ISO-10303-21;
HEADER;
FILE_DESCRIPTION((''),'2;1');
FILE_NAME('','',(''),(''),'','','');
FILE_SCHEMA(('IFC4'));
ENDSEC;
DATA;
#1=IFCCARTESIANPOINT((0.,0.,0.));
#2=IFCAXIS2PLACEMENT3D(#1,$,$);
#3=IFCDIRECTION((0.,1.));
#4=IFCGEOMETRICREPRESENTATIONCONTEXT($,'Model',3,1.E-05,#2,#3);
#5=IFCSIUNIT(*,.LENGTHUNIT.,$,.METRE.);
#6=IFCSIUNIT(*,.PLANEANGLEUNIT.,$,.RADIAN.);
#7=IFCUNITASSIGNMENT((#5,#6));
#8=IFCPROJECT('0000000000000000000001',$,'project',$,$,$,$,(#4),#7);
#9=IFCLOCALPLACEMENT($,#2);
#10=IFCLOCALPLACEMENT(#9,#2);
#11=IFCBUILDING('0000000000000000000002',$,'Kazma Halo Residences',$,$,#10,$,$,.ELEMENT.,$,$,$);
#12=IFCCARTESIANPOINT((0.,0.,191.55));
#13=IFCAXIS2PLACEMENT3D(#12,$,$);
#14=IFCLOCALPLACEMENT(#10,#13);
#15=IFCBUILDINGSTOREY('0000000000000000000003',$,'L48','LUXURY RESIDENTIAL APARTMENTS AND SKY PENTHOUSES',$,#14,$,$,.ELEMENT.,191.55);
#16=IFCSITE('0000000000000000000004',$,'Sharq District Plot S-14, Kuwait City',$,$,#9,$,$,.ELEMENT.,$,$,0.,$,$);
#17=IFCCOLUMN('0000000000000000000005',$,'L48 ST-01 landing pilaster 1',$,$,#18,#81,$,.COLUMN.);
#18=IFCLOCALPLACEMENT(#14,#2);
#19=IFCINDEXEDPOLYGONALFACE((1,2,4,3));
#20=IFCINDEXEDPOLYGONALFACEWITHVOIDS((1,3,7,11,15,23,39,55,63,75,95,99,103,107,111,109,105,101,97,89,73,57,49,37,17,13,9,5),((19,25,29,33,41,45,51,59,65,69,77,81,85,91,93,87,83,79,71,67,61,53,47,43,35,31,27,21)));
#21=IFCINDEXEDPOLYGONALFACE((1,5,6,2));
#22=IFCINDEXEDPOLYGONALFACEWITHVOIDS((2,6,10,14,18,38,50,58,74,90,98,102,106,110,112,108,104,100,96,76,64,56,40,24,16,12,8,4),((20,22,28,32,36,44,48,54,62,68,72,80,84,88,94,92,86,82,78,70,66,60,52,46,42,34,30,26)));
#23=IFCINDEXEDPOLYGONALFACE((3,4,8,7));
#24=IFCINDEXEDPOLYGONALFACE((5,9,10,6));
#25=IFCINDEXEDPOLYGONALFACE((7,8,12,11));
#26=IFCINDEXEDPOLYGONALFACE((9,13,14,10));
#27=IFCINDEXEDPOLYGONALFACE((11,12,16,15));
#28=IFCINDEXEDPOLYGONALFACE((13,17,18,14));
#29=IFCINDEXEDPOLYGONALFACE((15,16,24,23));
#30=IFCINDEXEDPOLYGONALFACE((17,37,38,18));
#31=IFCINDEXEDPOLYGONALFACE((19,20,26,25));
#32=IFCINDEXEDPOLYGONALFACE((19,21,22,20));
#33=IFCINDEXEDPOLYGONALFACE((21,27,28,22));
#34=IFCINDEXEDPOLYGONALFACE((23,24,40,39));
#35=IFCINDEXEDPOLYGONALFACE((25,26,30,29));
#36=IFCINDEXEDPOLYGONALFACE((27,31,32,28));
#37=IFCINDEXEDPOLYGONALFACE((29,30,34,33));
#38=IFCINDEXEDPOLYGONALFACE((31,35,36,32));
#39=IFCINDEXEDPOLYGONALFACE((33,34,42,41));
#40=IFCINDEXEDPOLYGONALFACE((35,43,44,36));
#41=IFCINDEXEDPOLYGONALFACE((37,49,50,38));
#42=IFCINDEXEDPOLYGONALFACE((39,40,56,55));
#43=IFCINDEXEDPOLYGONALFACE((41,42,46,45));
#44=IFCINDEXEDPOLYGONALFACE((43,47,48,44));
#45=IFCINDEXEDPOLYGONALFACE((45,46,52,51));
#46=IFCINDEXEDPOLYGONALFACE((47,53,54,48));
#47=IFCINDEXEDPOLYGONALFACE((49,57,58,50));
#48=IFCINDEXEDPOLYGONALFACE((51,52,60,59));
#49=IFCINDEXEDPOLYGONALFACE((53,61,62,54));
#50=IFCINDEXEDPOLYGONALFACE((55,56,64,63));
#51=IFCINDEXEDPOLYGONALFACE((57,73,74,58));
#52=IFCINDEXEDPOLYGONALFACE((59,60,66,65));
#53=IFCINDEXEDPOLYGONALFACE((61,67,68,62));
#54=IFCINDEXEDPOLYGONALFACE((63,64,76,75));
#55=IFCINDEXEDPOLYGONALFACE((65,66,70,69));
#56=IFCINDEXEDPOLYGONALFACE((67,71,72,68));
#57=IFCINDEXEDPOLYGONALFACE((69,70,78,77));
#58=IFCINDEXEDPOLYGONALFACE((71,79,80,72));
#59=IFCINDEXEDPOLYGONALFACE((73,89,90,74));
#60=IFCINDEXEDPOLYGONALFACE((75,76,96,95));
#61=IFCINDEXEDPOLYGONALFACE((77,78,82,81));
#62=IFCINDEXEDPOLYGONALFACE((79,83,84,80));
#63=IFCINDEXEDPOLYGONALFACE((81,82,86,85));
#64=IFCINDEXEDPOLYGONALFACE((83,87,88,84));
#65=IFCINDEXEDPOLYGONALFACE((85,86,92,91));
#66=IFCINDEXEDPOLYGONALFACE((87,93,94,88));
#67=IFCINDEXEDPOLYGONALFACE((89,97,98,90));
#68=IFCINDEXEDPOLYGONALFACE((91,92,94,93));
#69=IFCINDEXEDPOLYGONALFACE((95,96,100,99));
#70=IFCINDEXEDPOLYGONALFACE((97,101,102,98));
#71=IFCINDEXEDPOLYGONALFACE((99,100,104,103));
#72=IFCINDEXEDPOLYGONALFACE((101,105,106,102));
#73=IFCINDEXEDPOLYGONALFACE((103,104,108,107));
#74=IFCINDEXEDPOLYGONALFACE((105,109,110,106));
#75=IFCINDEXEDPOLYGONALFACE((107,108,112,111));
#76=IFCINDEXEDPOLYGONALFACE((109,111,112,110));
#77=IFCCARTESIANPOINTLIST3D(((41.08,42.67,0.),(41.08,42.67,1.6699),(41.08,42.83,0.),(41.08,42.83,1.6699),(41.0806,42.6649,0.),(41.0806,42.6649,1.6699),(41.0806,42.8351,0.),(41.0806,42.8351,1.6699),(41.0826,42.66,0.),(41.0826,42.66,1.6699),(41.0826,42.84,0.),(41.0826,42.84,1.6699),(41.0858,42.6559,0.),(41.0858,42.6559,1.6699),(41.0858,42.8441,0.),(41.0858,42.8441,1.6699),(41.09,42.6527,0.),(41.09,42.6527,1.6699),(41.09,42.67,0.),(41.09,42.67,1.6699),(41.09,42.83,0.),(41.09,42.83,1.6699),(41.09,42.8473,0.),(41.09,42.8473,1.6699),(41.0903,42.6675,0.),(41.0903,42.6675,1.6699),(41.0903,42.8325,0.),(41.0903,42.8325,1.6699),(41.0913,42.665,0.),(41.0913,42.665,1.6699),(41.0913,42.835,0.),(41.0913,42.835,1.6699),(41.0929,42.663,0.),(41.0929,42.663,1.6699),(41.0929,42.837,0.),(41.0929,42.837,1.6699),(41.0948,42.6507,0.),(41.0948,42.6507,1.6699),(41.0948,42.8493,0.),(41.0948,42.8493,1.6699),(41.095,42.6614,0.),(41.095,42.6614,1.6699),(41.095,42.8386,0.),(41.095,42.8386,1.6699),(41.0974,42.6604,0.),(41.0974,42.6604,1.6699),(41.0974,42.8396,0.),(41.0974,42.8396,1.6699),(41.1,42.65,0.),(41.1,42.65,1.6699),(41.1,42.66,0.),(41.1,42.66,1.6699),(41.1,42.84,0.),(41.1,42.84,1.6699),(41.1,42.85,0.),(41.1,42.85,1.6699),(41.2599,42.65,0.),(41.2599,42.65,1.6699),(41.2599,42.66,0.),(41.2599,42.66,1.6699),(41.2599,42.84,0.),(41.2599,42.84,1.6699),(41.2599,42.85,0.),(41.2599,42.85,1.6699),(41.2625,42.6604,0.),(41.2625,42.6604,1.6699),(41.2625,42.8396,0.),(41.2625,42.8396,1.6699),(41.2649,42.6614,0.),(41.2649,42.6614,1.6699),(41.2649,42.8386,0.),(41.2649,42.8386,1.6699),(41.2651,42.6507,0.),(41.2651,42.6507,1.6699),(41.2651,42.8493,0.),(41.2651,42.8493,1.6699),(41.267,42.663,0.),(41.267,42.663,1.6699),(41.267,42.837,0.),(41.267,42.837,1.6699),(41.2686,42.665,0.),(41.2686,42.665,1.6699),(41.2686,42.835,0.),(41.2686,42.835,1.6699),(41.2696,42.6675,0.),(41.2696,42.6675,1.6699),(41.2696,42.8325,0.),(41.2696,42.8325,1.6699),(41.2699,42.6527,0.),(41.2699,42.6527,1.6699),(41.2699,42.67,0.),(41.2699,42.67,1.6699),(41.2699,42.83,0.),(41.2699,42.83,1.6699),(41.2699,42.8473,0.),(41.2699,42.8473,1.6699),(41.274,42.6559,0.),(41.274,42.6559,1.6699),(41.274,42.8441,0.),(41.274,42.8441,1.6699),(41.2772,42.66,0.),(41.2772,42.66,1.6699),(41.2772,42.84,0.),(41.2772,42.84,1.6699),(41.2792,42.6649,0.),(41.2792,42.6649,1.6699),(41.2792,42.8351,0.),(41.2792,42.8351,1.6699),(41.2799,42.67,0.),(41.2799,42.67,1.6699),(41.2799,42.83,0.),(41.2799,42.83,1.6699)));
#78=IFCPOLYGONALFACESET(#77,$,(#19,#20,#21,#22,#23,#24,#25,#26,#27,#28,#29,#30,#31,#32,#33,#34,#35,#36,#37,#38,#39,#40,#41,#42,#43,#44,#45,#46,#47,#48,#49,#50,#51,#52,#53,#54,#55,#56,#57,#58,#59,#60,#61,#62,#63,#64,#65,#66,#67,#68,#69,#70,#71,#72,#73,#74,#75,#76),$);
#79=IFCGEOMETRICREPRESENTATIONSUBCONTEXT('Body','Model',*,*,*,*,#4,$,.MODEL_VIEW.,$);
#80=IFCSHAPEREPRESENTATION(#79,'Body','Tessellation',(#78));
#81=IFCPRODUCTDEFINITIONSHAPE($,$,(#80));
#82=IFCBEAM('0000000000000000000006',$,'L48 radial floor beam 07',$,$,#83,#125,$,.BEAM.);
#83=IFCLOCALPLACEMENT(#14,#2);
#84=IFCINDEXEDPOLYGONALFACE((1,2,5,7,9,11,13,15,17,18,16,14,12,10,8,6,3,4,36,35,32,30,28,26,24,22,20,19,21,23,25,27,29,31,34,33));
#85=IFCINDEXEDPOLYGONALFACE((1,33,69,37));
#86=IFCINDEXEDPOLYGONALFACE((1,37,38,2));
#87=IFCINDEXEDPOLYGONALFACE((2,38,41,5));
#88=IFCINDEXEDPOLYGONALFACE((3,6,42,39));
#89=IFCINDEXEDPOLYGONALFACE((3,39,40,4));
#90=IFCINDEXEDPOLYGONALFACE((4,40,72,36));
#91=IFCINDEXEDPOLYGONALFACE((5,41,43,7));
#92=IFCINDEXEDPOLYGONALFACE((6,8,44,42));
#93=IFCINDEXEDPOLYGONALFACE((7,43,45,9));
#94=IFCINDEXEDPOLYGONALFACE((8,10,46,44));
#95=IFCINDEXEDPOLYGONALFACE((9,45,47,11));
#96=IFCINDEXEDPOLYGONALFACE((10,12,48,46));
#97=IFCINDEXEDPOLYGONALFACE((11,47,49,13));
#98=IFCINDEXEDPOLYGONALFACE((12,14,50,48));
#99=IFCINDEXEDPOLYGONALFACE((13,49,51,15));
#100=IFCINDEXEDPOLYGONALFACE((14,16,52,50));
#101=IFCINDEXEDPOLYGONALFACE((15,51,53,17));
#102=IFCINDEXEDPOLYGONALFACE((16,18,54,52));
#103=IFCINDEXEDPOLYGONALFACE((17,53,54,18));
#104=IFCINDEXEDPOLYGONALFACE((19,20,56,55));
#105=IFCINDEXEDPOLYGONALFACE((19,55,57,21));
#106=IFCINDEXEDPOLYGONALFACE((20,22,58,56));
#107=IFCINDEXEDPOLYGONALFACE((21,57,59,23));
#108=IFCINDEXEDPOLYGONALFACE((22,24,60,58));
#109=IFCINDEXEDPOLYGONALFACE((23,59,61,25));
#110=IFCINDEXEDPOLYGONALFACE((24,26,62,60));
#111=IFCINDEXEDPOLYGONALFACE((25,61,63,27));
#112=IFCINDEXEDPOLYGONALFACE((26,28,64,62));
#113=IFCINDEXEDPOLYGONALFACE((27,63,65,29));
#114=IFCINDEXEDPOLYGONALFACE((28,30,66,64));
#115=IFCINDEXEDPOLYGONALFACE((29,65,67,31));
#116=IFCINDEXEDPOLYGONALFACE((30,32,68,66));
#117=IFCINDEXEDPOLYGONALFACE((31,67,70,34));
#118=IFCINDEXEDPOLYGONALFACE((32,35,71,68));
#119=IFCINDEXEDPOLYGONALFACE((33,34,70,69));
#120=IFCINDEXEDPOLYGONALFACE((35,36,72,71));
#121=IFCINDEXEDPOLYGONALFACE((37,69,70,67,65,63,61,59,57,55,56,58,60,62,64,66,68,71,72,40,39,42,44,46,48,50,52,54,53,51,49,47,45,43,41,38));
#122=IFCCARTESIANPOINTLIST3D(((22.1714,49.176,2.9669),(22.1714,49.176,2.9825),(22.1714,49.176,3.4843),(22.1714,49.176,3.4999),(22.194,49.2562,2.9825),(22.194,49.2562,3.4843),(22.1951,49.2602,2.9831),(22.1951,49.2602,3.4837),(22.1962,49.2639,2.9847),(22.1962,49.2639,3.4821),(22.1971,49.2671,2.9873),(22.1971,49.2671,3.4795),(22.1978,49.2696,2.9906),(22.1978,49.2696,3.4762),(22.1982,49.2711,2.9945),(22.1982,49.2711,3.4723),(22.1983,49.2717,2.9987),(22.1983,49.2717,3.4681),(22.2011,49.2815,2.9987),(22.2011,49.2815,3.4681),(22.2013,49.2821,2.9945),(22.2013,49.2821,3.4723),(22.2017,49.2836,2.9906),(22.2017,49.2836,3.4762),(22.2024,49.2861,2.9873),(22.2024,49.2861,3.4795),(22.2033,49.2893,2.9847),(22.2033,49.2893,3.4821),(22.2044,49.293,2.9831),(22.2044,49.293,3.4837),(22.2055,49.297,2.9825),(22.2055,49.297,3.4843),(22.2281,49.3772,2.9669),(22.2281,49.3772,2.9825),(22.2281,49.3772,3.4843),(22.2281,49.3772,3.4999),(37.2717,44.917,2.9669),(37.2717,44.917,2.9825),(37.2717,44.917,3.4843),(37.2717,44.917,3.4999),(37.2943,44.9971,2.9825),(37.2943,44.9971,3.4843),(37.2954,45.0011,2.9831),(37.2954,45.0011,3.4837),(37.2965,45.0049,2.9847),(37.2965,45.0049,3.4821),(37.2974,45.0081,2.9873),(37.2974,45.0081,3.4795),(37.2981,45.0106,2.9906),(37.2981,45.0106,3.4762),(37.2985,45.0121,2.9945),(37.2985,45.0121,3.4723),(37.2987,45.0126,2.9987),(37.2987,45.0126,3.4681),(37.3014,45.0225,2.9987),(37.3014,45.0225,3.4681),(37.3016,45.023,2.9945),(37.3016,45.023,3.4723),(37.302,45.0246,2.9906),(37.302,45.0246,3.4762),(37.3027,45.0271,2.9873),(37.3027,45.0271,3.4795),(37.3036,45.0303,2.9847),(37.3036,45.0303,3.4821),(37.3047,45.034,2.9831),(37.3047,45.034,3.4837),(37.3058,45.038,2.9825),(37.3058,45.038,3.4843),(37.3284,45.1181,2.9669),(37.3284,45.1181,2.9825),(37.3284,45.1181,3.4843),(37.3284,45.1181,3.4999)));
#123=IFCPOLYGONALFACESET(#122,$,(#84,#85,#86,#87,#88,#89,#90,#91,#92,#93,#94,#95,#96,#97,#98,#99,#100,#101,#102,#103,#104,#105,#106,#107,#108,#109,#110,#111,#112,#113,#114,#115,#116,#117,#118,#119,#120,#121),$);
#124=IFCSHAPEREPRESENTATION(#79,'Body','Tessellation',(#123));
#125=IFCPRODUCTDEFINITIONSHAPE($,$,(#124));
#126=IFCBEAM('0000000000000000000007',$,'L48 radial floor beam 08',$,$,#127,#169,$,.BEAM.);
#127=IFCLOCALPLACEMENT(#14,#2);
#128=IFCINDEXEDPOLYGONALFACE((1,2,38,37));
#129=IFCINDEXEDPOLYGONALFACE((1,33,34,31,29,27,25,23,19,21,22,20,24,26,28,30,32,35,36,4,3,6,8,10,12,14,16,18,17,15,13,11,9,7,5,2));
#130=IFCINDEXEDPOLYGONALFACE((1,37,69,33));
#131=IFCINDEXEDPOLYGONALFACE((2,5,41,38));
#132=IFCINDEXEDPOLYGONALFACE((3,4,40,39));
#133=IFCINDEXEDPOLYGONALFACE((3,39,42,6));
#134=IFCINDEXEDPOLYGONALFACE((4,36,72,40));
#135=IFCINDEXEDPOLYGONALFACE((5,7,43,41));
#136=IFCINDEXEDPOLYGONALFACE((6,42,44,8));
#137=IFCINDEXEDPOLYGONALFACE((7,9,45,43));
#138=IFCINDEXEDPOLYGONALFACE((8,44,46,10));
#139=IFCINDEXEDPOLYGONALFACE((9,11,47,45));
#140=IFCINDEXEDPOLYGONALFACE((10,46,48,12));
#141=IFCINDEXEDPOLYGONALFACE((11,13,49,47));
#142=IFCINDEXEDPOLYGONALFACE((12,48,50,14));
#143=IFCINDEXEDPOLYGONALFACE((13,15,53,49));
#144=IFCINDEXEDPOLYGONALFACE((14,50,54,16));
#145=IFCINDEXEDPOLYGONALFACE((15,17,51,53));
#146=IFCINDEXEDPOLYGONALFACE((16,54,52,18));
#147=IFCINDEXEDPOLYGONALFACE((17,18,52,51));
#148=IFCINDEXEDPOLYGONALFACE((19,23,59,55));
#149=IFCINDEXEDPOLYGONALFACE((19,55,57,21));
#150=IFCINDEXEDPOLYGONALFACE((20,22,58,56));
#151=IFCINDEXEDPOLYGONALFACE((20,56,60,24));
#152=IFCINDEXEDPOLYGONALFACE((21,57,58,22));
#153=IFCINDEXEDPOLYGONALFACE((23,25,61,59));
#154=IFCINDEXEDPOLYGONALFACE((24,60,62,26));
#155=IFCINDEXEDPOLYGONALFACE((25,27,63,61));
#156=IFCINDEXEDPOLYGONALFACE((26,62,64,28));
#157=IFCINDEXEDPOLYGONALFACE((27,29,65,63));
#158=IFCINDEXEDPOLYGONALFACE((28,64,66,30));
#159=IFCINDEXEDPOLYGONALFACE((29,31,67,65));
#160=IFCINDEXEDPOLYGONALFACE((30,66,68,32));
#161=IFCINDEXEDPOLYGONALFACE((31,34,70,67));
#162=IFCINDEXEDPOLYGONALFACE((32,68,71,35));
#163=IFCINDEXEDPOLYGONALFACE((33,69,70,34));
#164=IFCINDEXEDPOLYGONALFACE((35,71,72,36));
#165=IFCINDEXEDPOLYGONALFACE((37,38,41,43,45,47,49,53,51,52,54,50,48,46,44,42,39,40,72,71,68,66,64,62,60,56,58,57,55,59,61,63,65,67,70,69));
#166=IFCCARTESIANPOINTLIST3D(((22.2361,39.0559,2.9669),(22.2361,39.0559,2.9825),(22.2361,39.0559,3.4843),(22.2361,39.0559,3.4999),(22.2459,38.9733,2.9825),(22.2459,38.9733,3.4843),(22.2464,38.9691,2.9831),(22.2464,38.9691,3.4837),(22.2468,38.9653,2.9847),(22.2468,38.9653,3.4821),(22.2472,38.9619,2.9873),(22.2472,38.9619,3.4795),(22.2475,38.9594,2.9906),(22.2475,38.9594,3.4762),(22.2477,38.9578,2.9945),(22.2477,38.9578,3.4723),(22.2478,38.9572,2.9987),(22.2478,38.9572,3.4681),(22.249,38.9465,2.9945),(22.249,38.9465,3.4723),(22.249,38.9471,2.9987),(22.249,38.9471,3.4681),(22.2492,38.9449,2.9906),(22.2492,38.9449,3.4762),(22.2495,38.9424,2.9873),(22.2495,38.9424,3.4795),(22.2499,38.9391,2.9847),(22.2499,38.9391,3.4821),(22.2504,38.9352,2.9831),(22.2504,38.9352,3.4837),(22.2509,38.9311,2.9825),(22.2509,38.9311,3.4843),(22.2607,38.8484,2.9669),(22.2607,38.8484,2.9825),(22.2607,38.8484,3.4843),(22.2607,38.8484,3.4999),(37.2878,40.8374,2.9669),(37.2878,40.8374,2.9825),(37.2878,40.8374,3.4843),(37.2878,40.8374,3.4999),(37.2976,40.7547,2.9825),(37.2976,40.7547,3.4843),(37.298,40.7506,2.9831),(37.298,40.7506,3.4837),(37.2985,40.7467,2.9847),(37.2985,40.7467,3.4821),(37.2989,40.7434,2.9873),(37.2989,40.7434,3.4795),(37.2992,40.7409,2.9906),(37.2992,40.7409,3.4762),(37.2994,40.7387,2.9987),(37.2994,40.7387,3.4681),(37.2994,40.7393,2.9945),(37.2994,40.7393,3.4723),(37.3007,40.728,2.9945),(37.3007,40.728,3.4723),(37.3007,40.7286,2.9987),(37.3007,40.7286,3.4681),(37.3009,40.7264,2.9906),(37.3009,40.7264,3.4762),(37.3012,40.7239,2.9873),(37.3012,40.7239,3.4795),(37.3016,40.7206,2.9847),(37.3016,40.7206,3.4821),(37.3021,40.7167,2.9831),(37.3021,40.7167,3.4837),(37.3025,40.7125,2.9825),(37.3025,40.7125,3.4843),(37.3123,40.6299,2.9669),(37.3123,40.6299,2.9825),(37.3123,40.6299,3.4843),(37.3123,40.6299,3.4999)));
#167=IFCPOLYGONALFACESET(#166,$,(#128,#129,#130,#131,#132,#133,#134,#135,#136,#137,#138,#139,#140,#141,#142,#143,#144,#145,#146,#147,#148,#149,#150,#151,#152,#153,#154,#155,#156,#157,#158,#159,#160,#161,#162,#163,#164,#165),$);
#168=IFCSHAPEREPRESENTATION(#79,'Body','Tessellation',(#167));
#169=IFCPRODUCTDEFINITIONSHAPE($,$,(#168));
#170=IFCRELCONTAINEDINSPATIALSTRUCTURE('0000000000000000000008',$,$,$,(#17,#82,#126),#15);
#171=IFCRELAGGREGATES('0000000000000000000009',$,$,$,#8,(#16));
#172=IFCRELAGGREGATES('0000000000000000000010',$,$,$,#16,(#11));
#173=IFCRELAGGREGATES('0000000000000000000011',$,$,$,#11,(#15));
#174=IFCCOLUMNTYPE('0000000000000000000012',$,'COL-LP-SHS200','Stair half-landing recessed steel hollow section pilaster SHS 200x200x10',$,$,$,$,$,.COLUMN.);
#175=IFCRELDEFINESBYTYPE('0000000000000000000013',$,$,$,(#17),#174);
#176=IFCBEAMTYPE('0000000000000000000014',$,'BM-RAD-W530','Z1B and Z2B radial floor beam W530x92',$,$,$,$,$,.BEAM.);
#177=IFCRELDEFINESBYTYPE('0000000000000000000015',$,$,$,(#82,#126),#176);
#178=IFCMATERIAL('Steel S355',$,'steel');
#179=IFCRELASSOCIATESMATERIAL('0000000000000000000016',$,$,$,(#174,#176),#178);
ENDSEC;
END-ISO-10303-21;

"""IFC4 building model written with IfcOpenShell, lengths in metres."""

from ifc_helpers import new_model, si_unit, direction, frame, origin, origin_2d, place, context, subcontext, project, spatial, hollow_rectangle, i_section, extrude, material, material_profile, profile_set, type_object, element, save


model = new_model("IFC4")

# Units and contexts
model_context = context("Model", 3, precision=1e-05, world=origin(), true_north=direction((0.0, 1.0)))
body_context = subcontext(model_context, "Body", "Model", "MODEL_VIEW")
ifc_project = project(units=[si_unit("LENGTHUNIT", "METRE"), si_unit("PLANEANGLEUNIT", "RADIAN")], contexts=[model_context])

# Site, building, storey
site_placement = place(None, origin())
site = spatial("IfcSite", under=ifc_project, at=site_placement, Name="Sharq District Plot S-14, Kuwait City", CompositionType="ELEMENT", RefElevation=0.0)
building_placement = place(site_placement, origin())
building = spatial("IfcBuilding", under=site, at=building_placement, Name="Kazma Halo Residences", CompositionType="ELEMENT")
storey_placement = place(building_placement, frame((0.0, 0.0, 191.55)))
storey = spatial("IfcBuildingStorey", under=building, at=storey_placement, Name="L48", Description="LUXURY RESIDENTIAL APARTMENTS AND SKY PENTHOUSES", CompositionType="ELEMENT", Elevation=191.55)

# Column
ifc_material_1 = material(Name="Steel S355", Category="steel")
ifc_material_profile_1 = material_profile(ifc_material_1, hollow_rectangle(XDim=0.2, YDim=0.2, WallThickness=0.01, InnerFilletRadius=0.01, OuterFilletRadius=0.02, at=origin_2d()), Name="SHS200x200x10")
ifc_profile_set_1 = profile_set([ifc_material_profile_1], Name="Steel S355")
column_type = type_object("IfcColumnType", Name="COL-LP-SHS200", Description="Stair half-landing recessed steel hollow section pilaster SHS 200x200x10", PredefinedType="COLUMN", material=ifc_profile_set_1)
column_placement = place(storey_placement, frame((41.1799, 42.75, 0.0), z_axis=(0.0, 0.0, 1.0), x_axis=(1.0, 0.0, 0.0)))
element("IfcColumn", 1, at=column_placement, inside=storey, type_object=column_type, Name="L48 ST-01 landing pilaster 1", PredefinedType="COLUMN", context=body_context, shape_type="SweptSolid", body=[
    extrude(hollow_rectangle(XDim=0.2, YDim=0.2, WallThickness=0.01, InnerFilletRadius=0.01, OuterFilletRadius=0.02, at=origin_2d()), origin(), (0.0, 0.0, 1.0), 1.6699),
])

# Beams
ifc_material_profile_2 = material_profile(ifc_material_1, i_section(OverallWidth=0.209, OverallDepth=0.533, WebThickness=0.0103, FlangeThickness=0.0156, FilletRadius=0.0161, at=origin_2d()), Name="W530x92")
ifc_profile_set_2 = profile_set([ifc_material_profile_2], Name="Steel S355")
beam_type_1 = type_object("IfcBeamType", Name="BM-RAD-W530", Description="Z1B and Z2B radial floor beam W530x92", PredefinedType="BEAM", material=ifc_profile_set_2)
beam_1_placement = place(storey_placement, frame((37.3, 45.0176, 3.2334), z_axis=(-0.96245, 0.271458, 0.0), x_axis=(-0.271458, -0.96245, 0.0)))
element("IfcBeam", 2, at=beam_1_placement, inside=storey, type_object=beam_type_1, Name="L48 radial floor beam 07", PredefinedType="BEAM", context=body_context, shape_type="SweptSolid", body=[
    extrude(i_section(OverallWidth=0.209, OverallDepth=0.533, WebThickness=0.0103, FlangeThickness=0.0156, FilletRadius=0.0161, at=origin_2d()), origin(), (0.0, 0.0, 1.0), 15.6895),
])
beam_2_placement = place(storey_placement, frame((37.3, 40.7336, 3.2334), z_axis=(-0.993068, -0.117537, 0.0), x_axis=(0.117537, -0.993068, 0.0)))
element("IfcBeam", 3, at=beam_2_placement, inside=storey, type_object=beam_type_1, Name="L48 radial floor beam 08", PredefinedType="BEAM", context=body_context, shape_type="SweptSolid", body=[
    extrude(i_section(OverallWidth=0.209, OverallDepth=0.533, WebThickness=0.0103, FlangeThickness=0.0156, FilletRadius=0.0161, at=origin_2d()), origin(), (0.0, 0.0, 1.0), 15.1567),
])

save(model, "model.ifc")
